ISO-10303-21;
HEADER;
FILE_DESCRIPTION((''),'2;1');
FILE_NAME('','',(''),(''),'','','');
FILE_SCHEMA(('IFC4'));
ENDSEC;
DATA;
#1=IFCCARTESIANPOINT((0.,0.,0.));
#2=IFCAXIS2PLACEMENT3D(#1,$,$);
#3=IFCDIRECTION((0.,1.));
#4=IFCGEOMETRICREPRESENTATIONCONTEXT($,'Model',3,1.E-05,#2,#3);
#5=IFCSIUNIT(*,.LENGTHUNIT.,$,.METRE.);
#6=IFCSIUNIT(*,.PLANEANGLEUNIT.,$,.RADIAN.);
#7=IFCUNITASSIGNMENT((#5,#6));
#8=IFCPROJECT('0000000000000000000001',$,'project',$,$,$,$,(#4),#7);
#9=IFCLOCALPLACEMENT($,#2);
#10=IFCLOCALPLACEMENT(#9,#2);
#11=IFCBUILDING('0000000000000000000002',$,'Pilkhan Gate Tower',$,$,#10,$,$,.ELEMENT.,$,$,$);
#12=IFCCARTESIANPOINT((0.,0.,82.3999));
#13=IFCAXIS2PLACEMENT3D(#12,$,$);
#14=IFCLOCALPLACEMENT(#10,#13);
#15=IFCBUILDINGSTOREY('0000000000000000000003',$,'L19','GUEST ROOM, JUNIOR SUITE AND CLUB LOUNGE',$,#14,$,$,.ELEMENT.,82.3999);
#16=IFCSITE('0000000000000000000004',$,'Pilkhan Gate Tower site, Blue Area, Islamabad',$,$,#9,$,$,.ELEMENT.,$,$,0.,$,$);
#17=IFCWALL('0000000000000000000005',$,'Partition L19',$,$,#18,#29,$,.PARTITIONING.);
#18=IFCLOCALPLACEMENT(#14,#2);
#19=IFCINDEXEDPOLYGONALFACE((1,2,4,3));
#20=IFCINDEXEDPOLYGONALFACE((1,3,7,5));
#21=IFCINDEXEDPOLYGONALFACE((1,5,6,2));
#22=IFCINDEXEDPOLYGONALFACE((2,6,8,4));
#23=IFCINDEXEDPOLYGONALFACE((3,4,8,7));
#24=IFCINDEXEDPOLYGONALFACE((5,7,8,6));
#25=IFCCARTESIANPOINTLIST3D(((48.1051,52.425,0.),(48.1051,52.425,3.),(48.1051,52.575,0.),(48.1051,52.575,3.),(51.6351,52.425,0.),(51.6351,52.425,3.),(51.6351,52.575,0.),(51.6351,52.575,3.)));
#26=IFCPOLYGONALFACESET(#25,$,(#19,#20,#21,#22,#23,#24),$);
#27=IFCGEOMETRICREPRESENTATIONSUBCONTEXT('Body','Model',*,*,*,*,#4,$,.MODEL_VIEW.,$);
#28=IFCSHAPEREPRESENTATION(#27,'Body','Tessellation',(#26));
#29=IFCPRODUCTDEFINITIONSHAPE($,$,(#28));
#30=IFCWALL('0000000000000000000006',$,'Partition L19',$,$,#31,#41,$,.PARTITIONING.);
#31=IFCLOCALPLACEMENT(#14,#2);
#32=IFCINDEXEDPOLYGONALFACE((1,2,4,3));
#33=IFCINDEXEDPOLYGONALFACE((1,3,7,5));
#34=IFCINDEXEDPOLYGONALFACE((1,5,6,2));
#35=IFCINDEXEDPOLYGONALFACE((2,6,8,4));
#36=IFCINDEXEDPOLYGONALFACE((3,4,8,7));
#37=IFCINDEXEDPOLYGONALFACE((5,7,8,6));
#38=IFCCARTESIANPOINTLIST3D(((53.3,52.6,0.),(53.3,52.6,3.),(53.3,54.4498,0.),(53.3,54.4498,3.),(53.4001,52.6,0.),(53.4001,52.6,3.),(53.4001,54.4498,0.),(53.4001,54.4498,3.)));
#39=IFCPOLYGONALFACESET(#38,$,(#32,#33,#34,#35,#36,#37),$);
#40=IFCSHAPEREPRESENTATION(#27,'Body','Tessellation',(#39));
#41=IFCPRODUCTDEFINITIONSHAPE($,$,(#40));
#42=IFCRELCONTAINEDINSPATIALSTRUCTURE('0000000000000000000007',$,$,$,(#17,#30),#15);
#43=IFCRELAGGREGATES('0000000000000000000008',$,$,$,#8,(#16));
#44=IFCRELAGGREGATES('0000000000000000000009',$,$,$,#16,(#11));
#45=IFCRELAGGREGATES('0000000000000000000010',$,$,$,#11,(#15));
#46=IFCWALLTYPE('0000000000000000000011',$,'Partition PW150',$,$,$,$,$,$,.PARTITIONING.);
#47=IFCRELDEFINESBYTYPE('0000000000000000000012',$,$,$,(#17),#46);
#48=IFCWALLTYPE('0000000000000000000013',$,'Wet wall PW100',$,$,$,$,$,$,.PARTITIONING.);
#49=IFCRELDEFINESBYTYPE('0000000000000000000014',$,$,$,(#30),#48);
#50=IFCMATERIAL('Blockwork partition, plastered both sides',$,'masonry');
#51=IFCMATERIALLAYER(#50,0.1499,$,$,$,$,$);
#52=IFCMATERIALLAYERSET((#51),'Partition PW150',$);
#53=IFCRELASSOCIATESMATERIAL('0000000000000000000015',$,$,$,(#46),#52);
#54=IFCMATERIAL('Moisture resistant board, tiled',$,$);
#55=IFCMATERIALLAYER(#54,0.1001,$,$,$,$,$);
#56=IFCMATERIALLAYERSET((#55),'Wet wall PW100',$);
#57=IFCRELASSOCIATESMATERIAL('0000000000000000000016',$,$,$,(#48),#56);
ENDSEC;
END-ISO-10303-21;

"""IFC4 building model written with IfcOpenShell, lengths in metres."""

from ifc_helpers import new_model, si_unit, direction, frame, frame_2d, origin, place, context, subcontext, project, spatial, rectangle, extrude, material, layer, layer_set, type_object, element, save


model = new_model("IFC4")

# Units and contexts
model_context = context("Model", 3, precision=1e-05, world=origin(), true_north=direction((0.0, 1.0)))
body_context = subcontext(model_context, "Body", "Model", "MODEL_VIEW")
ifc_project = project(units=[si_unit("LENGTHUNIT", "METRE"), si_unit("PLANEANGLEUNIT", "RADIAN")], contexts=[model_context])

# Site, building, storey
site_placement = place(None, origin())
site = spatial("IfcSite", under=ifc_project, at=site_placement, Name="Pilkhan Gate Tower site, Blue Area, Islamabad", CompositionType="ELEMENT", RefElevation=0.0)
building_placement = place(site_placement, origin())
building = spatial("IfcBuilding", under=site, at=building_placement, Name="Pilkhan Gate Tower", CompositionType="ELEMENT")
storey_placement = place(building_placement, frame((0.0, 0.0, 82.3999)))
storey = spatial("IfcBuildingStorey", under=building, at=storey_placement, Name="L19", Description="GUEST ROOM, JUNIOR SUITE AND CLUB LOUNGE", CompositionType="ELEMENT", Elevation=82.3999)

# Walls
ifc_material_1 = material(Name="Blockwork partition, plastered both sides", Category="masonry")
ifc_layer_1 = layer(ifc_material_1, 0.1499)
ifc_layer_set_1 = layer_set([ifc_layer_1], Name="Partition PW150")
wall_type_1 = type_object("IfcWallType", Name="Partition PW150", PredefinedType="PARTITIONING", material=ifc_layer_set_1)
wall_1_placement = place(storey_placement, frame((48.105, 52.5, 0.0), z_axis=(0.0, 0.0, 1.0), x_axis=(1.0, 0.0, 0.0)))
element("IfcWall", 1, at=wall_1_placement, inside=storey, type_object=wall_type_1, Name="Partition L19", PredefinedType="PARTITIONING", context=body_context, shape_type="SweptSolid", body=[
    extrude(rectangle(XDim=3.53, YDim=0.1499, at=frame_2d((1.7651, 0.0))), origin(), (0.0, 0.0, 1.0), 3.0),
])
ifc_material_2 = material(Name="Moisture resistant board, tiled")
ifc_layer_2 = layer(ifc_material_2, 0.1001)
ifc_layer_set_2 = layer_set([ifc_layer_2], Name="Wet wall PW100")
wall_type_2 = type_object("IfcWallType", Name="Wet wall PW100", PredefinedType="PARTITIONING", material=ifc_layer_set_2)
wall_2_placement = place(storey_placement, frame((53.3501, 52.6001, 0.0), z_axis=(0.0, 0.0, 1.0), x_axis=(0.0, 1.0, 0.0)))
element("IfcWall", 2, at=wall_2_placement, inside=storey, type_object=wall_type_2, Name="Partition L19", PredefinedType="PARTITIONING", context=body_context, shape_type="SweptSolid", body=[
    extrude(rectangle(XDim=1.8499, YDim=0.1001, at=frame_2d((0.9248, 0.0))), origin(), (0.0, 0.0, 1.0), 3.0),
])

save(model, "model.ifc")
